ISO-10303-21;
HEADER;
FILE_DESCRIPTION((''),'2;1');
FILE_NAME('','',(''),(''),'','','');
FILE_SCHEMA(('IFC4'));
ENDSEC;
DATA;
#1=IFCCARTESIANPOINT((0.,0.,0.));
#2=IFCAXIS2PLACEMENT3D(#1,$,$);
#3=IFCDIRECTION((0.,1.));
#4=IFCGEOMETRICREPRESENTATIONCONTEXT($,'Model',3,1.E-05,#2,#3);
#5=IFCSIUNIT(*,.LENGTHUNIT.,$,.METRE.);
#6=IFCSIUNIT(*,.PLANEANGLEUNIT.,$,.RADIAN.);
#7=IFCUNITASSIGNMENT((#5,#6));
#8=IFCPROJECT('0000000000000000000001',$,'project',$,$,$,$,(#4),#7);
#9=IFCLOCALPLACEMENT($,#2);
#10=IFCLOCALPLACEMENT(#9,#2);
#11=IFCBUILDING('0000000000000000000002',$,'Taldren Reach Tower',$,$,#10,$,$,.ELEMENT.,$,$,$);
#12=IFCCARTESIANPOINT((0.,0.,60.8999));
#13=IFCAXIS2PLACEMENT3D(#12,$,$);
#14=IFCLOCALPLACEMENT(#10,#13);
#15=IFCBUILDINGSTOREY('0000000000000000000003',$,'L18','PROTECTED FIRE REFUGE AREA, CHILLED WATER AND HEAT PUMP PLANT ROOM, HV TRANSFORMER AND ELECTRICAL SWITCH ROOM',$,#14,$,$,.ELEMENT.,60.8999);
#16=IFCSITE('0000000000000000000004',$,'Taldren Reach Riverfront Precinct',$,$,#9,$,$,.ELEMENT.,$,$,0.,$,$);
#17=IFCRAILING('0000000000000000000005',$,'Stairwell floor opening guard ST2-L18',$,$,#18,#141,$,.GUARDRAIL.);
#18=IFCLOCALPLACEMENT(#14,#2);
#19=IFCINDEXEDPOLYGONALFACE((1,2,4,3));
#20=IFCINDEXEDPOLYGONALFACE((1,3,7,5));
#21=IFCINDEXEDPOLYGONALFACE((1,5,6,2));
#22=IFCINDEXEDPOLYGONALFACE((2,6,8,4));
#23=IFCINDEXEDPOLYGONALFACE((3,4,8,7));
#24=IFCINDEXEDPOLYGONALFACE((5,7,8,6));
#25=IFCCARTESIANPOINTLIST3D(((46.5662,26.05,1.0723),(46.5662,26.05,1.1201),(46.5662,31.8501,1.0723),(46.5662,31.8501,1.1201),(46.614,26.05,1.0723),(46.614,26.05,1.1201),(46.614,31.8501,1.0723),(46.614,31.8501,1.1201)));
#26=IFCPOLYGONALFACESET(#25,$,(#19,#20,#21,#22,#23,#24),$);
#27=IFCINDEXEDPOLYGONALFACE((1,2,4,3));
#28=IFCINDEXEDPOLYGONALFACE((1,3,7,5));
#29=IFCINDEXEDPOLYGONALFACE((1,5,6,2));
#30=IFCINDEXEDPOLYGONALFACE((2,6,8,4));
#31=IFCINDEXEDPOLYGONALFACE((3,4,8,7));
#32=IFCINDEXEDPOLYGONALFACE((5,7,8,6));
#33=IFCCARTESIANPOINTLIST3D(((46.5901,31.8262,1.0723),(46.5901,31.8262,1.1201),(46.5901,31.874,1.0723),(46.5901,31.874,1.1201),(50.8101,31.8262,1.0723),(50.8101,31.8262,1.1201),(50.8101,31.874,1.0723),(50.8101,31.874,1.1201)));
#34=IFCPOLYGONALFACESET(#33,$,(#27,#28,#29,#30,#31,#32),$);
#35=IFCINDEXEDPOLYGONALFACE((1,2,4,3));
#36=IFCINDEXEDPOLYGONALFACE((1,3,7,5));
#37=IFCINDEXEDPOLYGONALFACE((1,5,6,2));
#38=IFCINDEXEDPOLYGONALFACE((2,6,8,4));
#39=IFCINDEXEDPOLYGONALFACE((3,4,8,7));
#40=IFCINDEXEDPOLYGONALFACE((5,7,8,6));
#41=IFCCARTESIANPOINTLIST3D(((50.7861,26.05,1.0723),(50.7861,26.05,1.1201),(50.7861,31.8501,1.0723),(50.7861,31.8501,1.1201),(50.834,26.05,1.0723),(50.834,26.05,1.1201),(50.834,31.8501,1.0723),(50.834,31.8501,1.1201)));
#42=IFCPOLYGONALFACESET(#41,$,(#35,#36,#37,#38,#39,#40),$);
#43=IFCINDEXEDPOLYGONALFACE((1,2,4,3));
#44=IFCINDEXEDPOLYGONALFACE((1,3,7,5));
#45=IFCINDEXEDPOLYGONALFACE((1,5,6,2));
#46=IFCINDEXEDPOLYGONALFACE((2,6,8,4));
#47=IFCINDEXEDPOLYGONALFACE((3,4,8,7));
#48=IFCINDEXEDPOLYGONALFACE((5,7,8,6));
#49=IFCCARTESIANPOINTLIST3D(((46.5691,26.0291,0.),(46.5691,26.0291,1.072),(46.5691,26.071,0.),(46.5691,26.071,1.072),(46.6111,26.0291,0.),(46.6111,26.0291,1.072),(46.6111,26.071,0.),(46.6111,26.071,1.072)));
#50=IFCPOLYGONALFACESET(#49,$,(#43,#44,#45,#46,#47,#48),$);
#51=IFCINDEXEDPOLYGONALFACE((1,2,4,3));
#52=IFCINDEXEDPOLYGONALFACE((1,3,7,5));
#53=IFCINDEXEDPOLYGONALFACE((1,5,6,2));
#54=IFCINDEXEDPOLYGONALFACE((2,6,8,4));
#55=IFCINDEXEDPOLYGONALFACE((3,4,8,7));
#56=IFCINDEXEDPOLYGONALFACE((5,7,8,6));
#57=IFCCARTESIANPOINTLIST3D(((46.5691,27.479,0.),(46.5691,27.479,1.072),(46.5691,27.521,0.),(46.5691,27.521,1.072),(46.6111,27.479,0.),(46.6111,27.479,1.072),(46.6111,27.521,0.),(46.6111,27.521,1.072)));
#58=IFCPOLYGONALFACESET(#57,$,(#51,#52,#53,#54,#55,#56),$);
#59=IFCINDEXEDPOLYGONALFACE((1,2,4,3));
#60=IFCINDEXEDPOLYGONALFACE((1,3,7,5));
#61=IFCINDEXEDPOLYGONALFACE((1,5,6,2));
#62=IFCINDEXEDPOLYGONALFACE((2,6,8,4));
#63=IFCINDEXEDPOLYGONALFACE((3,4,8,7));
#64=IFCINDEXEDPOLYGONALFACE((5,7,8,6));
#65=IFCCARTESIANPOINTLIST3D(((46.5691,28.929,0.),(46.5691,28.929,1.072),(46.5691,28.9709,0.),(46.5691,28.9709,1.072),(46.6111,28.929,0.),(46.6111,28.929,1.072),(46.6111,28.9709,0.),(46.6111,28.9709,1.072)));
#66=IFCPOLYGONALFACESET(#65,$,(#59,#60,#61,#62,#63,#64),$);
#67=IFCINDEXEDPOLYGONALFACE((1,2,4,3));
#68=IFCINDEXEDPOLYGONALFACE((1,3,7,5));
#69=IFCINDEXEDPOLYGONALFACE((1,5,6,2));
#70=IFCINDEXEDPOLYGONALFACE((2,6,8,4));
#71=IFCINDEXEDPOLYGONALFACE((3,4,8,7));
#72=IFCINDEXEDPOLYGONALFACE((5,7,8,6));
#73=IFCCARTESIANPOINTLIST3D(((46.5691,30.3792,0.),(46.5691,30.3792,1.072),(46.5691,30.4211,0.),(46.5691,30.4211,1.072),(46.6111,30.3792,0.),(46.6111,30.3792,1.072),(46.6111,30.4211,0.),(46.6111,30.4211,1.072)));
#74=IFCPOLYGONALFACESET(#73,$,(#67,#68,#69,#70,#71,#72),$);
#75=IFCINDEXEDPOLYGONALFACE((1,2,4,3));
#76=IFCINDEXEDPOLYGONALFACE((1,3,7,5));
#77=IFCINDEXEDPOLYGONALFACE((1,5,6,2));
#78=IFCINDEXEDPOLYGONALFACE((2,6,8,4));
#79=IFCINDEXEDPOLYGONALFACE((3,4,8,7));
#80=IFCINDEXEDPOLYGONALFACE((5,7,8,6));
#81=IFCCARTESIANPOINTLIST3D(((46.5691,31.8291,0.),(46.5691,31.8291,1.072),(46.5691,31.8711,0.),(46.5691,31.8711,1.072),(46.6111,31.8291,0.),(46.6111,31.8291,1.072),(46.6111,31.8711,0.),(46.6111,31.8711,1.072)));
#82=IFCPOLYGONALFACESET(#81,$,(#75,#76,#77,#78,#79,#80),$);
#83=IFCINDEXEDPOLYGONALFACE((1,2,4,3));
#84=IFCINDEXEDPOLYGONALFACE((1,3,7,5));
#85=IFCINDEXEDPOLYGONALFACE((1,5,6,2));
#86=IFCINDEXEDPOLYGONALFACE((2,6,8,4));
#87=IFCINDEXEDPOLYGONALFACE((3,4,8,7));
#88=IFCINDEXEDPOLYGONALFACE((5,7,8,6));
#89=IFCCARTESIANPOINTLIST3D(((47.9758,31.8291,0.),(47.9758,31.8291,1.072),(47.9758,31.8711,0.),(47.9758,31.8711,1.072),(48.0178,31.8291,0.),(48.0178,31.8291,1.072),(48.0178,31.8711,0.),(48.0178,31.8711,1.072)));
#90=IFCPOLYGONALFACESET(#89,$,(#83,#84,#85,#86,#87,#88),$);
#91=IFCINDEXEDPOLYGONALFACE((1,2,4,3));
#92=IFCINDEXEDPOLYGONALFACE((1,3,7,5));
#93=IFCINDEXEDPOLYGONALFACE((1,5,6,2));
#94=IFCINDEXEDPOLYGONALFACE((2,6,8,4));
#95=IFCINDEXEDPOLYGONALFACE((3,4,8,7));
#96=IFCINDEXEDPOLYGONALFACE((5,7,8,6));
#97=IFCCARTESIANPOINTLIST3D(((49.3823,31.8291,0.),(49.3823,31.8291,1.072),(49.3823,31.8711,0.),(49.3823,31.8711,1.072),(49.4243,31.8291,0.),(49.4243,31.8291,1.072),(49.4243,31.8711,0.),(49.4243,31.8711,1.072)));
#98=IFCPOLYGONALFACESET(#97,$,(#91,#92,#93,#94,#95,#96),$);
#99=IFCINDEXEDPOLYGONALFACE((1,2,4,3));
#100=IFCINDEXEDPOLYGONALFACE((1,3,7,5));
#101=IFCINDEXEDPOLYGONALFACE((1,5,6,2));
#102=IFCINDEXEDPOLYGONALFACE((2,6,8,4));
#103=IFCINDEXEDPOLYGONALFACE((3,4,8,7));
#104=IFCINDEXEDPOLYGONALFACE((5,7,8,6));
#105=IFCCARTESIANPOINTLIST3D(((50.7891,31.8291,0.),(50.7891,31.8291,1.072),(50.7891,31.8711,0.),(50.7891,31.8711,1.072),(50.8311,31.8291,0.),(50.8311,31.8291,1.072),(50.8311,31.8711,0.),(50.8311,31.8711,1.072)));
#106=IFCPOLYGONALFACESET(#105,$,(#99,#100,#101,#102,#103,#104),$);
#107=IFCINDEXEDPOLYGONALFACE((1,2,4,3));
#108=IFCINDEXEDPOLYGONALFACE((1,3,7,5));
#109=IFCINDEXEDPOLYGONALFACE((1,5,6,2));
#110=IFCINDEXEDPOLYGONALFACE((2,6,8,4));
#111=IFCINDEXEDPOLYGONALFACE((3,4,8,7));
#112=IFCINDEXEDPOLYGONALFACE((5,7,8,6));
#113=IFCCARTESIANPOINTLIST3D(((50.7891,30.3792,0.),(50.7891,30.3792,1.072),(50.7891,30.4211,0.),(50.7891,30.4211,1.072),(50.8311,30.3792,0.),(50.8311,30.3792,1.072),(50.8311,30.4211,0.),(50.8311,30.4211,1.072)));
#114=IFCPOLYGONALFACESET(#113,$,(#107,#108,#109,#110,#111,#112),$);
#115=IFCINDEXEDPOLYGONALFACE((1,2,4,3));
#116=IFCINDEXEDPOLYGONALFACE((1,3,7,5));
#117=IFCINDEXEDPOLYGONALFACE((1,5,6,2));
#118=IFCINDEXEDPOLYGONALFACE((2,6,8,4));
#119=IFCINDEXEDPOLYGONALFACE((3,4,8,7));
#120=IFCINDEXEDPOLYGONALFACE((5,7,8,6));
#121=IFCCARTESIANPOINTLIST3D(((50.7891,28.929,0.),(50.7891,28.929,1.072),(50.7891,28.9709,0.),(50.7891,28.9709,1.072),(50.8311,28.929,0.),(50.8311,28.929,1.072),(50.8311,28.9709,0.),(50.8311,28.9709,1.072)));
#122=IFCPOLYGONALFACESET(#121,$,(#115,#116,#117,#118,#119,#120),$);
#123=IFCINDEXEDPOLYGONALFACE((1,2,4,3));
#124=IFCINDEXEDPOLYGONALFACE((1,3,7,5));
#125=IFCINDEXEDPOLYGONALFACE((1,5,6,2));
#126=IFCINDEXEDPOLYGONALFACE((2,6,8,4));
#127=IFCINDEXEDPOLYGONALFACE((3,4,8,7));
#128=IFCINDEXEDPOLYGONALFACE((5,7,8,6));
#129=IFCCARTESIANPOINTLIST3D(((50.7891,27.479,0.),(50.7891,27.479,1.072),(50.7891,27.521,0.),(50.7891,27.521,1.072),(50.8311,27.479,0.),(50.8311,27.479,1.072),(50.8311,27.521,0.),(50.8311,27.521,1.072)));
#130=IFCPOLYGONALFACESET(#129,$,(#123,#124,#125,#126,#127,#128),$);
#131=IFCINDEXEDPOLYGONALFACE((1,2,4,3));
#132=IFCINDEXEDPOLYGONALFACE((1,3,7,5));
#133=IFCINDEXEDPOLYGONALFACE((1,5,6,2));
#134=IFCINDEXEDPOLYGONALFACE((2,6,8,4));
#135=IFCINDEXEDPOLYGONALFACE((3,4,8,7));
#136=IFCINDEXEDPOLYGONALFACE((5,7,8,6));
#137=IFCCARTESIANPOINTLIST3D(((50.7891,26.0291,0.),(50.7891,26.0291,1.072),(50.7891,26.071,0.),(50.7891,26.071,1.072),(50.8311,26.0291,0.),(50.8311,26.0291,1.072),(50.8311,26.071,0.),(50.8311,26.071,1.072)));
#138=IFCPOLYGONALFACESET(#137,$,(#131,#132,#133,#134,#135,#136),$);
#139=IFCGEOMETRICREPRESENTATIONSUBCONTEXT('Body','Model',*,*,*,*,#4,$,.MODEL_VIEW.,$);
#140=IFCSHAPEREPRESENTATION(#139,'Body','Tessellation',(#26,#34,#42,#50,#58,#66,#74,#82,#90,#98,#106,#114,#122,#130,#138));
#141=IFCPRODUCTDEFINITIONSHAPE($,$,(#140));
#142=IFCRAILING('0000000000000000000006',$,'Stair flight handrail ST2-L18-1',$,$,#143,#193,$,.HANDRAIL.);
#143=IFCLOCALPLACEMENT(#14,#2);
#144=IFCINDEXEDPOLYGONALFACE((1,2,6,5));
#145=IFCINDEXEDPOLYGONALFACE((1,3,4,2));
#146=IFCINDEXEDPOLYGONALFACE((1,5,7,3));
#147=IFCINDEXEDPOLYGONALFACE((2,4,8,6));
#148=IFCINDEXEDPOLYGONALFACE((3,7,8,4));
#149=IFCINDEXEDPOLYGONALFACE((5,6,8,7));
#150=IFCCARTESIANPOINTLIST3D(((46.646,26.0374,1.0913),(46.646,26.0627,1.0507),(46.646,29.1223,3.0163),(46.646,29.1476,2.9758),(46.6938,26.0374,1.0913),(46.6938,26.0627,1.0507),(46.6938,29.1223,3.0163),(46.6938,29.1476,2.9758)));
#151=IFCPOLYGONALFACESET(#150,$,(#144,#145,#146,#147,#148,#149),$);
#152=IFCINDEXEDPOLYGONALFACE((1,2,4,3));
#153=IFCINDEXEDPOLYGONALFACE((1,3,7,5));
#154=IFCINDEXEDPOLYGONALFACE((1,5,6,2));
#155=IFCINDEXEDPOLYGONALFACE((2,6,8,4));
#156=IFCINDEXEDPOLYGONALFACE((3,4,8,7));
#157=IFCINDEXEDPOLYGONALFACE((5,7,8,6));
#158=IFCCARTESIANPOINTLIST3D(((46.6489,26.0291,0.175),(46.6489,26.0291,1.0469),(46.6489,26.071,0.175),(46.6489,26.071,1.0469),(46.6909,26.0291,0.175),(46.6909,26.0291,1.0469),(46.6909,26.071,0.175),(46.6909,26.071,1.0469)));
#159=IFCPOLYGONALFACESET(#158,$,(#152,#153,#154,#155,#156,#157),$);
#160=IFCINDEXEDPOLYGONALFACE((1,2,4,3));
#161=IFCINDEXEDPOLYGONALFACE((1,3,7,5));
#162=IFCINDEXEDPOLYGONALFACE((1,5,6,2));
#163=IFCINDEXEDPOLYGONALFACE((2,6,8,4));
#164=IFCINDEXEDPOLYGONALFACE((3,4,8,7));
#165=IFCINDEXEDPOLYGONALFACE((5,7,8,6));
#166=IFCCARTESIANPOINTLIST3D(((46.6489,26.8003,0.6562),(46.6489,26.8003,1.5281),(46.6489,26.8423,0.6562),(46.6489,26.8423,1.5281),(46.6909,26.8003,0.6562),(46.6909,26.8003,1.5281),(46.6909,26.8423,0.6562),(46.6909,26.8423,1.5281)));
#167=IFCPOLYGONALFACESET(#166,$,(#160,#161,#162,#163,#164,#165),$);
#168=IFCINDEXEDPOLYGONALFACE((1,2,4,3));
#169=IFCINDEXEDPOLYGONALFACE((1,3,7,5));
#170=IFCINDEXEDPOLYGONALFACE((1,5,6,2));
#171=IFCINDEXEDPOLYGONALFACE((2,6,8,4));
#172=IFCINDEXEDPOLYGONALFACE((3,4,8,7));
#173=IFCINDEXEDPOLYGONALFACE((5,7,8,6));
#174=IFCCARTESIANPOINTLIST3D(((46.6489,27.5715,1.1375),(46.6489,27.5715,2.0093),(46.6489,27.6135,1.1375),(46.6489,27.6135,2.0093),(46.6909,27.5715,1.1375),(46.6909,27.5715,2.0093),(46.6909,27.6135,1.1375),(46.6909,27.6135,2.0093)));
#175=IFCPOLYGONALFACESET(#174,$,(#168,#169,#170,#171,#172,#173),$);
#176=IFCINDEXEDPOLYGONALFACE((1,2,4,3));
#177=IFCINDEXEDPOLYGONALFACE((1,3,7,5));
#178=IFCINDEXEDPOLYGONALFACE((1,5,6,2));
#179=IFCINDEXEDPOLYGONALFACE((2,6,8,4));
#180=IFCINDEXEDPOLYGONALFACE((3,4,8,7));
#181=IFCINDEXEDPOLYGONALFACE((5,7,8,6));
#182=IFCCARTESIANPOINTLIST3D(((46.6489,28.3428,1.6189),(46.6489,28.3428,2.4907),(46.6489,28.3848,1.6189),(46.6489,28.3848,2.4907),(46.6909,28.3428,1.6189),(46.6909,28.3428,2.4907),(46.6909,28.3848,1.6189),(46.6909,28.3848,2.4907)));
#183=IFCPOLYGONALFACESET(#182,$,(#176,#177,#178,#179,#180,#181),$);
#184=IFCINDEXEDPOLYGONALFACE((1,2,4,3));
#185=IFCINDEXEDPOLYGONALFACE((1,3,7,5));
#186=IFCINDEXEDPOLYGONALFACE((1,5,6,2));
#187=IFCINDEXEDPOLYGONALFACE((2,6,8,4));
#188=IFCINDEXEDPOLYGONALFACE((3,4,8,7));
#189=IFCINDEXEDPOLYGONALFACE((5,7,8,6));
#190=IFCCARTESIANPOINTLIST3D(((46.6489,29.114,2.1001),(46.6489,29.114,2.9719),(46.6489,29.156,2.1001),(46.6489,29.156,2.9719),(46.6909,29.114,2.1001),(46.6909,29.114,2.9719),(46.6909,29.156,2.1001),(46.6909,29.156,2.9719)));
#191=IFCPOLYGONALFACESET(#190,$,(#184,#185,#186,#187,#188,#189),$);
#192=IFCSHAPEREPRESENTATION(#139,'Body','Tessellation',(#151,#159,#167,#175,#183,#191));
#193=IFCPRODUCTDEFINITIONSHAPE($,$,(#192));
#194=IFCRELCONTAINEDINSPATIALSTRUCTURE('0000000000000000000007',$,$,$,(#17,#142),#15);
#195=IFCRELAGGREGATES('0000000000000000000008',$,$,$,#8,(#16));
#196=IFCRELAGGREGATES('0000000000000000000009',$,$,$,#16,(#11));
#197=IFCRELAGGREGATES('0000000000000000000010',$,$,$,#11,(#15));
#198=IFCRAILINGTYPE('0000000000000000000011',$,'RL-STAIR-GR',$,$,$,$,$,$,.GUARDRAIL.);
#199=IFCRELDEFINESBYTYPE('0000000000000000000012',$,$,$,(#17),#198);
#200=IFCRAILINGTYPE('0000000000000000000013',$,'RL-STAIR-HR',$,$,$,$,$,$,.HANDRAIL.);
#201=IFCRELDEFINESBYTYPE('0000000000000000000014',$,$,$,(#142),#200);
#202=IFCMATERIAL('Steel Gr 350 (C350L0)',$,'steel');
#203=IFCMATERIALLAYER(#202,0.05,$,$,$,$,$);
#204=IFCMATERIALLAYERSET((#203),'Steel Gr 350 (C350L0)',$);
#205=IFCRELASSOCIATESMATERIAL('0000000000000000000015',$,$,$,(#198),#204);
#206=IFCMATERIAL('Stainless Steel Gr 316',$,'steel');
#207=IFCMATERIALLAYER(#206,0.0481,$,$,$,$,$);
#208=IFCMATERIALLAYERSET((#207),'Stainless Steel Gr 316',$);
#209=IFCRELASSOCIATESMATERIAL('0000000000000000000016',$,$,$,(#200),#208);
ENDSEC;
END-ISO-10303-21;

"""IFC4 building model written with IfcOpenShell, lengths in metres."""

from ifc_helpers import new_model, si_unit, direction, frame, origin, origin_2d, place, context, subcontext, project, spatial, rectangle, extrude, material, layer, layer_set, type_object, element, save


model = new_model("IFC4")

# Units and contexts
model_context = context("Model", 3, precision=1e-05, world=origin(), true_north=direction((0.0, 1.0)))
body_context = subcontext(model_context, "Body", "Model", "MODEL_VIEW")
ifc_project = project(units=[si_unit("LENGTHUNIT", "METRE"), si_unit("PLANEANGLEUNIT", "RADIAN")], contexts=[model_context])

# Site, building, storey
site_placement = place(None, origin())
site = spatial("IfcSite", under=ifc_project, at=site_placement, Name="Taldren Reach Riverfront Precinct", CompositionType="ELEMENT", RefElevation=0.0)
building_placement = place(site_placement, origin())
building = spatial("IfcBuilding", under=site, at=building_placement, Name="Taldren Reach Tower", CompositionType="ELEMENT")
storey_placement = place(building_placement, frame((0.0, 0.0, 60.8999)))
storey = spatial("IfcBuildingStorey", under=building, at=storey_placement, Name="L18", Description="PROTECTED FIRE REFUGE AREA, CHILLED WATER AND HEAT PUMP PLANT ROOM, HV TRANSFORMER AND ELECTRICAL SWITCH ROOM", CompositionType="ELEMENT", Elevation=60.8999)

# Shared definitions
ifc_material_1 = material(Name="Steel Gr 350 (C350L0)", Category="steel")

# Railings
ifc_layer_1 = layer(ifc_material_1, 0.05)
ifc_layer_set_1 = layer_set([ifc_layer_1], Name="Steel Gr 350 (C350L0)")
railing_type_1 = type_object("IfcRailingType", Name="RL-STAIR-GR", PredefinedType="GUARDRAIL", material=ifc_layer_set_1)
railing_1_placement = place(storey_placement, frame((46.5901, 26.05, 0.0)))
element("IfcRailing", 1, at=railing_1_placement, inside=storey, type_object=railing_type_1, Name="Stairwell floor opening guard ST2-L18", PredefinedType="GUARDRAIL", context=body_context, shape_type="SweptSolid", body=[
    extrude(rectangle(XDim=0.0479, YDim=0.0479, at=origin_2d()), frame((0.0, 0.0, 1.0962), z_axis=(0.0, 1.0, 0.0), x_axis=(-1.0, 0.0, 0.0)), (0.0, 0.0, 1.0), 5.8),
    extrude(rectangle(XDim=0.0479, YDim=0.0479, at=origin_2d()), frame((0.0, 5.8, 1.0962), z_axis=(1.0, 0.0, 0.0), x_axis=(0.0, 1.0, 0.0)), (0.0, 0.0, 1.0), 4.22),
    extrude(rectangle(XDim=0.0479, YDim=0.0479, at=origin_2d()), frame((4.22, 5.8, 1.0962), z_axis=(0.0, -1.0, 0.0), x_axis=(1.0, 0.0, 0.0)), (0.0, 0.0, 1.0), 5.8),
    extrude(rectangle(XDim=0.042, YDim=0.042, at=origin_2d()), origin(), (0.0, 0.0, 1.0), 1.072),
    extrude(rectangle(XDim=0.042, YDim=0.042, at=origin_2d()), frame((0.0, 1.45, 0.0)), (0.0, 0.0, 1.0), 1.072),
    extrude(rectangle(XDim=0.042, YDim=0.042, at=origin_2d()), frame((0.0, 2.8999, 0.0)), (0.0, 0.0, 1.0), 1.072),
    extrude(rectangle(XDim=0.042, YDim=0.042, at=origin_2d()), frame((0.0, 4.3501, 0.0)), (0.0, 0.0, 1.0), 1.072),
    extrude(rectangle(XDim=0.042, YDim=0.042, at=origin_2d()), frame((0.0, 5.8, 0.0)), (0.0, 0.0, 1.0), 1.072),
    extrude(rectangle(XDim=0.042, YDim=0.042, at=origin_2d()), frame((1.4067, 5.8, 0.0)), (0.0, 0.0, 1.0), 1.072),
    extrude(rectangle(XDim=0.042, YDim=0.042, at=origin_2d()), frame((2.8132, 5.8, 0.0)), (0.0, 0.0, 1.0), 1.072),
    extrude(rectangle(XDim=0.042, YDim=0.042, at=origin_2d()), frame((4.22, 5.8, 0.0)), (0.0, 0.0, 1.0), 1.072),
    extrude(rectangle(XDim=0.042, YDim=0.042, at=origin_2d()), frame((4.22, 4.3501, 0.0)), (0.0, 0.0, 1.0), 1.072),
    extrude(rectangle(XDim=0.042, YDim=0.042, at=origin_2d()), frame((4.22, 2.8999, 0.0)), (0.0, 0.0, 1.0), 1.072),
    extrude(rectangle(XDim=0.042, YDim=0.042, at=origin_2d()), frame((4.22, 1.45, 0.0)), (0.0, 0.0, 1.0), 1.072),
    extrude(rectangle(XDim=0.042, YDim=0.042, at=origin_2d()), frame((4.22, 0.0, 0.0)), (0.0, 0.0, 1.0), 1.072),
])
ifc_material_2 = material(Name="Stainless Steel Gr 316", Category="steel")
ifc_layer_2 = layer(ifc_material_2, 0.0481)
ifc_layer_set_2 = layer_set([ifc_layer_2], Name="Stainless Steel Gr 316")
railing_type_2 = type_object("IfcRailingType", Name="RL-STAIR-HR", PredefinedType="HANDRAIL", material=ifc_layer_set_2)
railing_2_placement = place(storey_placement, frame((46.6699, 26.05, 0.175)))
element("IfcRailing", 2, at=railing_2_placement, inside=storey, type_object=railing_type_2, Name="Stair flight handrail ST2-L18-1", PredefinedType="HANDRAIL", context=body_context, shape_type="SweptSolid", body=[
    extrude(rectangle(XDim=0.0479, YDim=0.0479, at=origin_2d()), frame((0.0, 0.0, 0.896), z_axis=(0.0, 0.848375, 0.529395), x_axis=(-1.0, 0.0, 0.0)), (0.0, 0.0, 1.0), 3.6362),
    extrude(rectangle(XDim=0.042, YDim=0.042, at=origin_2d()), origin(), (0.0, 0.0, 1.0), 0.8718),
    extrude(rectangle(XDim=0.042, YDim=0.042, at=origin_2d()), frame((0.0, 0.7712, 0.4812)), (0.0, 0.0, 1.0), 0.8718),
    extrude(rectangle(XDim=0.042, YDim=0.042, at=origin_2d()), frame((0.0, 1.5425, 0.9624)), (0.0, 0.0, 1.0), 0.8718),
    extrude(rectangle(XDim=0.042, YDim=0.042, at=origin_2d()), frame((0.0, 2.3137, 1.4438)), (0.0, 0.0, 1.0), 0.8718),
    extrude(rectangle(XDim=0.042, YDim=0.042, at=origin_2d()), frame((0.0, 3.085, 1.925)), (0.0, 0.0, 1.0), 0.8718),
])

save(model, "model.ifc")
